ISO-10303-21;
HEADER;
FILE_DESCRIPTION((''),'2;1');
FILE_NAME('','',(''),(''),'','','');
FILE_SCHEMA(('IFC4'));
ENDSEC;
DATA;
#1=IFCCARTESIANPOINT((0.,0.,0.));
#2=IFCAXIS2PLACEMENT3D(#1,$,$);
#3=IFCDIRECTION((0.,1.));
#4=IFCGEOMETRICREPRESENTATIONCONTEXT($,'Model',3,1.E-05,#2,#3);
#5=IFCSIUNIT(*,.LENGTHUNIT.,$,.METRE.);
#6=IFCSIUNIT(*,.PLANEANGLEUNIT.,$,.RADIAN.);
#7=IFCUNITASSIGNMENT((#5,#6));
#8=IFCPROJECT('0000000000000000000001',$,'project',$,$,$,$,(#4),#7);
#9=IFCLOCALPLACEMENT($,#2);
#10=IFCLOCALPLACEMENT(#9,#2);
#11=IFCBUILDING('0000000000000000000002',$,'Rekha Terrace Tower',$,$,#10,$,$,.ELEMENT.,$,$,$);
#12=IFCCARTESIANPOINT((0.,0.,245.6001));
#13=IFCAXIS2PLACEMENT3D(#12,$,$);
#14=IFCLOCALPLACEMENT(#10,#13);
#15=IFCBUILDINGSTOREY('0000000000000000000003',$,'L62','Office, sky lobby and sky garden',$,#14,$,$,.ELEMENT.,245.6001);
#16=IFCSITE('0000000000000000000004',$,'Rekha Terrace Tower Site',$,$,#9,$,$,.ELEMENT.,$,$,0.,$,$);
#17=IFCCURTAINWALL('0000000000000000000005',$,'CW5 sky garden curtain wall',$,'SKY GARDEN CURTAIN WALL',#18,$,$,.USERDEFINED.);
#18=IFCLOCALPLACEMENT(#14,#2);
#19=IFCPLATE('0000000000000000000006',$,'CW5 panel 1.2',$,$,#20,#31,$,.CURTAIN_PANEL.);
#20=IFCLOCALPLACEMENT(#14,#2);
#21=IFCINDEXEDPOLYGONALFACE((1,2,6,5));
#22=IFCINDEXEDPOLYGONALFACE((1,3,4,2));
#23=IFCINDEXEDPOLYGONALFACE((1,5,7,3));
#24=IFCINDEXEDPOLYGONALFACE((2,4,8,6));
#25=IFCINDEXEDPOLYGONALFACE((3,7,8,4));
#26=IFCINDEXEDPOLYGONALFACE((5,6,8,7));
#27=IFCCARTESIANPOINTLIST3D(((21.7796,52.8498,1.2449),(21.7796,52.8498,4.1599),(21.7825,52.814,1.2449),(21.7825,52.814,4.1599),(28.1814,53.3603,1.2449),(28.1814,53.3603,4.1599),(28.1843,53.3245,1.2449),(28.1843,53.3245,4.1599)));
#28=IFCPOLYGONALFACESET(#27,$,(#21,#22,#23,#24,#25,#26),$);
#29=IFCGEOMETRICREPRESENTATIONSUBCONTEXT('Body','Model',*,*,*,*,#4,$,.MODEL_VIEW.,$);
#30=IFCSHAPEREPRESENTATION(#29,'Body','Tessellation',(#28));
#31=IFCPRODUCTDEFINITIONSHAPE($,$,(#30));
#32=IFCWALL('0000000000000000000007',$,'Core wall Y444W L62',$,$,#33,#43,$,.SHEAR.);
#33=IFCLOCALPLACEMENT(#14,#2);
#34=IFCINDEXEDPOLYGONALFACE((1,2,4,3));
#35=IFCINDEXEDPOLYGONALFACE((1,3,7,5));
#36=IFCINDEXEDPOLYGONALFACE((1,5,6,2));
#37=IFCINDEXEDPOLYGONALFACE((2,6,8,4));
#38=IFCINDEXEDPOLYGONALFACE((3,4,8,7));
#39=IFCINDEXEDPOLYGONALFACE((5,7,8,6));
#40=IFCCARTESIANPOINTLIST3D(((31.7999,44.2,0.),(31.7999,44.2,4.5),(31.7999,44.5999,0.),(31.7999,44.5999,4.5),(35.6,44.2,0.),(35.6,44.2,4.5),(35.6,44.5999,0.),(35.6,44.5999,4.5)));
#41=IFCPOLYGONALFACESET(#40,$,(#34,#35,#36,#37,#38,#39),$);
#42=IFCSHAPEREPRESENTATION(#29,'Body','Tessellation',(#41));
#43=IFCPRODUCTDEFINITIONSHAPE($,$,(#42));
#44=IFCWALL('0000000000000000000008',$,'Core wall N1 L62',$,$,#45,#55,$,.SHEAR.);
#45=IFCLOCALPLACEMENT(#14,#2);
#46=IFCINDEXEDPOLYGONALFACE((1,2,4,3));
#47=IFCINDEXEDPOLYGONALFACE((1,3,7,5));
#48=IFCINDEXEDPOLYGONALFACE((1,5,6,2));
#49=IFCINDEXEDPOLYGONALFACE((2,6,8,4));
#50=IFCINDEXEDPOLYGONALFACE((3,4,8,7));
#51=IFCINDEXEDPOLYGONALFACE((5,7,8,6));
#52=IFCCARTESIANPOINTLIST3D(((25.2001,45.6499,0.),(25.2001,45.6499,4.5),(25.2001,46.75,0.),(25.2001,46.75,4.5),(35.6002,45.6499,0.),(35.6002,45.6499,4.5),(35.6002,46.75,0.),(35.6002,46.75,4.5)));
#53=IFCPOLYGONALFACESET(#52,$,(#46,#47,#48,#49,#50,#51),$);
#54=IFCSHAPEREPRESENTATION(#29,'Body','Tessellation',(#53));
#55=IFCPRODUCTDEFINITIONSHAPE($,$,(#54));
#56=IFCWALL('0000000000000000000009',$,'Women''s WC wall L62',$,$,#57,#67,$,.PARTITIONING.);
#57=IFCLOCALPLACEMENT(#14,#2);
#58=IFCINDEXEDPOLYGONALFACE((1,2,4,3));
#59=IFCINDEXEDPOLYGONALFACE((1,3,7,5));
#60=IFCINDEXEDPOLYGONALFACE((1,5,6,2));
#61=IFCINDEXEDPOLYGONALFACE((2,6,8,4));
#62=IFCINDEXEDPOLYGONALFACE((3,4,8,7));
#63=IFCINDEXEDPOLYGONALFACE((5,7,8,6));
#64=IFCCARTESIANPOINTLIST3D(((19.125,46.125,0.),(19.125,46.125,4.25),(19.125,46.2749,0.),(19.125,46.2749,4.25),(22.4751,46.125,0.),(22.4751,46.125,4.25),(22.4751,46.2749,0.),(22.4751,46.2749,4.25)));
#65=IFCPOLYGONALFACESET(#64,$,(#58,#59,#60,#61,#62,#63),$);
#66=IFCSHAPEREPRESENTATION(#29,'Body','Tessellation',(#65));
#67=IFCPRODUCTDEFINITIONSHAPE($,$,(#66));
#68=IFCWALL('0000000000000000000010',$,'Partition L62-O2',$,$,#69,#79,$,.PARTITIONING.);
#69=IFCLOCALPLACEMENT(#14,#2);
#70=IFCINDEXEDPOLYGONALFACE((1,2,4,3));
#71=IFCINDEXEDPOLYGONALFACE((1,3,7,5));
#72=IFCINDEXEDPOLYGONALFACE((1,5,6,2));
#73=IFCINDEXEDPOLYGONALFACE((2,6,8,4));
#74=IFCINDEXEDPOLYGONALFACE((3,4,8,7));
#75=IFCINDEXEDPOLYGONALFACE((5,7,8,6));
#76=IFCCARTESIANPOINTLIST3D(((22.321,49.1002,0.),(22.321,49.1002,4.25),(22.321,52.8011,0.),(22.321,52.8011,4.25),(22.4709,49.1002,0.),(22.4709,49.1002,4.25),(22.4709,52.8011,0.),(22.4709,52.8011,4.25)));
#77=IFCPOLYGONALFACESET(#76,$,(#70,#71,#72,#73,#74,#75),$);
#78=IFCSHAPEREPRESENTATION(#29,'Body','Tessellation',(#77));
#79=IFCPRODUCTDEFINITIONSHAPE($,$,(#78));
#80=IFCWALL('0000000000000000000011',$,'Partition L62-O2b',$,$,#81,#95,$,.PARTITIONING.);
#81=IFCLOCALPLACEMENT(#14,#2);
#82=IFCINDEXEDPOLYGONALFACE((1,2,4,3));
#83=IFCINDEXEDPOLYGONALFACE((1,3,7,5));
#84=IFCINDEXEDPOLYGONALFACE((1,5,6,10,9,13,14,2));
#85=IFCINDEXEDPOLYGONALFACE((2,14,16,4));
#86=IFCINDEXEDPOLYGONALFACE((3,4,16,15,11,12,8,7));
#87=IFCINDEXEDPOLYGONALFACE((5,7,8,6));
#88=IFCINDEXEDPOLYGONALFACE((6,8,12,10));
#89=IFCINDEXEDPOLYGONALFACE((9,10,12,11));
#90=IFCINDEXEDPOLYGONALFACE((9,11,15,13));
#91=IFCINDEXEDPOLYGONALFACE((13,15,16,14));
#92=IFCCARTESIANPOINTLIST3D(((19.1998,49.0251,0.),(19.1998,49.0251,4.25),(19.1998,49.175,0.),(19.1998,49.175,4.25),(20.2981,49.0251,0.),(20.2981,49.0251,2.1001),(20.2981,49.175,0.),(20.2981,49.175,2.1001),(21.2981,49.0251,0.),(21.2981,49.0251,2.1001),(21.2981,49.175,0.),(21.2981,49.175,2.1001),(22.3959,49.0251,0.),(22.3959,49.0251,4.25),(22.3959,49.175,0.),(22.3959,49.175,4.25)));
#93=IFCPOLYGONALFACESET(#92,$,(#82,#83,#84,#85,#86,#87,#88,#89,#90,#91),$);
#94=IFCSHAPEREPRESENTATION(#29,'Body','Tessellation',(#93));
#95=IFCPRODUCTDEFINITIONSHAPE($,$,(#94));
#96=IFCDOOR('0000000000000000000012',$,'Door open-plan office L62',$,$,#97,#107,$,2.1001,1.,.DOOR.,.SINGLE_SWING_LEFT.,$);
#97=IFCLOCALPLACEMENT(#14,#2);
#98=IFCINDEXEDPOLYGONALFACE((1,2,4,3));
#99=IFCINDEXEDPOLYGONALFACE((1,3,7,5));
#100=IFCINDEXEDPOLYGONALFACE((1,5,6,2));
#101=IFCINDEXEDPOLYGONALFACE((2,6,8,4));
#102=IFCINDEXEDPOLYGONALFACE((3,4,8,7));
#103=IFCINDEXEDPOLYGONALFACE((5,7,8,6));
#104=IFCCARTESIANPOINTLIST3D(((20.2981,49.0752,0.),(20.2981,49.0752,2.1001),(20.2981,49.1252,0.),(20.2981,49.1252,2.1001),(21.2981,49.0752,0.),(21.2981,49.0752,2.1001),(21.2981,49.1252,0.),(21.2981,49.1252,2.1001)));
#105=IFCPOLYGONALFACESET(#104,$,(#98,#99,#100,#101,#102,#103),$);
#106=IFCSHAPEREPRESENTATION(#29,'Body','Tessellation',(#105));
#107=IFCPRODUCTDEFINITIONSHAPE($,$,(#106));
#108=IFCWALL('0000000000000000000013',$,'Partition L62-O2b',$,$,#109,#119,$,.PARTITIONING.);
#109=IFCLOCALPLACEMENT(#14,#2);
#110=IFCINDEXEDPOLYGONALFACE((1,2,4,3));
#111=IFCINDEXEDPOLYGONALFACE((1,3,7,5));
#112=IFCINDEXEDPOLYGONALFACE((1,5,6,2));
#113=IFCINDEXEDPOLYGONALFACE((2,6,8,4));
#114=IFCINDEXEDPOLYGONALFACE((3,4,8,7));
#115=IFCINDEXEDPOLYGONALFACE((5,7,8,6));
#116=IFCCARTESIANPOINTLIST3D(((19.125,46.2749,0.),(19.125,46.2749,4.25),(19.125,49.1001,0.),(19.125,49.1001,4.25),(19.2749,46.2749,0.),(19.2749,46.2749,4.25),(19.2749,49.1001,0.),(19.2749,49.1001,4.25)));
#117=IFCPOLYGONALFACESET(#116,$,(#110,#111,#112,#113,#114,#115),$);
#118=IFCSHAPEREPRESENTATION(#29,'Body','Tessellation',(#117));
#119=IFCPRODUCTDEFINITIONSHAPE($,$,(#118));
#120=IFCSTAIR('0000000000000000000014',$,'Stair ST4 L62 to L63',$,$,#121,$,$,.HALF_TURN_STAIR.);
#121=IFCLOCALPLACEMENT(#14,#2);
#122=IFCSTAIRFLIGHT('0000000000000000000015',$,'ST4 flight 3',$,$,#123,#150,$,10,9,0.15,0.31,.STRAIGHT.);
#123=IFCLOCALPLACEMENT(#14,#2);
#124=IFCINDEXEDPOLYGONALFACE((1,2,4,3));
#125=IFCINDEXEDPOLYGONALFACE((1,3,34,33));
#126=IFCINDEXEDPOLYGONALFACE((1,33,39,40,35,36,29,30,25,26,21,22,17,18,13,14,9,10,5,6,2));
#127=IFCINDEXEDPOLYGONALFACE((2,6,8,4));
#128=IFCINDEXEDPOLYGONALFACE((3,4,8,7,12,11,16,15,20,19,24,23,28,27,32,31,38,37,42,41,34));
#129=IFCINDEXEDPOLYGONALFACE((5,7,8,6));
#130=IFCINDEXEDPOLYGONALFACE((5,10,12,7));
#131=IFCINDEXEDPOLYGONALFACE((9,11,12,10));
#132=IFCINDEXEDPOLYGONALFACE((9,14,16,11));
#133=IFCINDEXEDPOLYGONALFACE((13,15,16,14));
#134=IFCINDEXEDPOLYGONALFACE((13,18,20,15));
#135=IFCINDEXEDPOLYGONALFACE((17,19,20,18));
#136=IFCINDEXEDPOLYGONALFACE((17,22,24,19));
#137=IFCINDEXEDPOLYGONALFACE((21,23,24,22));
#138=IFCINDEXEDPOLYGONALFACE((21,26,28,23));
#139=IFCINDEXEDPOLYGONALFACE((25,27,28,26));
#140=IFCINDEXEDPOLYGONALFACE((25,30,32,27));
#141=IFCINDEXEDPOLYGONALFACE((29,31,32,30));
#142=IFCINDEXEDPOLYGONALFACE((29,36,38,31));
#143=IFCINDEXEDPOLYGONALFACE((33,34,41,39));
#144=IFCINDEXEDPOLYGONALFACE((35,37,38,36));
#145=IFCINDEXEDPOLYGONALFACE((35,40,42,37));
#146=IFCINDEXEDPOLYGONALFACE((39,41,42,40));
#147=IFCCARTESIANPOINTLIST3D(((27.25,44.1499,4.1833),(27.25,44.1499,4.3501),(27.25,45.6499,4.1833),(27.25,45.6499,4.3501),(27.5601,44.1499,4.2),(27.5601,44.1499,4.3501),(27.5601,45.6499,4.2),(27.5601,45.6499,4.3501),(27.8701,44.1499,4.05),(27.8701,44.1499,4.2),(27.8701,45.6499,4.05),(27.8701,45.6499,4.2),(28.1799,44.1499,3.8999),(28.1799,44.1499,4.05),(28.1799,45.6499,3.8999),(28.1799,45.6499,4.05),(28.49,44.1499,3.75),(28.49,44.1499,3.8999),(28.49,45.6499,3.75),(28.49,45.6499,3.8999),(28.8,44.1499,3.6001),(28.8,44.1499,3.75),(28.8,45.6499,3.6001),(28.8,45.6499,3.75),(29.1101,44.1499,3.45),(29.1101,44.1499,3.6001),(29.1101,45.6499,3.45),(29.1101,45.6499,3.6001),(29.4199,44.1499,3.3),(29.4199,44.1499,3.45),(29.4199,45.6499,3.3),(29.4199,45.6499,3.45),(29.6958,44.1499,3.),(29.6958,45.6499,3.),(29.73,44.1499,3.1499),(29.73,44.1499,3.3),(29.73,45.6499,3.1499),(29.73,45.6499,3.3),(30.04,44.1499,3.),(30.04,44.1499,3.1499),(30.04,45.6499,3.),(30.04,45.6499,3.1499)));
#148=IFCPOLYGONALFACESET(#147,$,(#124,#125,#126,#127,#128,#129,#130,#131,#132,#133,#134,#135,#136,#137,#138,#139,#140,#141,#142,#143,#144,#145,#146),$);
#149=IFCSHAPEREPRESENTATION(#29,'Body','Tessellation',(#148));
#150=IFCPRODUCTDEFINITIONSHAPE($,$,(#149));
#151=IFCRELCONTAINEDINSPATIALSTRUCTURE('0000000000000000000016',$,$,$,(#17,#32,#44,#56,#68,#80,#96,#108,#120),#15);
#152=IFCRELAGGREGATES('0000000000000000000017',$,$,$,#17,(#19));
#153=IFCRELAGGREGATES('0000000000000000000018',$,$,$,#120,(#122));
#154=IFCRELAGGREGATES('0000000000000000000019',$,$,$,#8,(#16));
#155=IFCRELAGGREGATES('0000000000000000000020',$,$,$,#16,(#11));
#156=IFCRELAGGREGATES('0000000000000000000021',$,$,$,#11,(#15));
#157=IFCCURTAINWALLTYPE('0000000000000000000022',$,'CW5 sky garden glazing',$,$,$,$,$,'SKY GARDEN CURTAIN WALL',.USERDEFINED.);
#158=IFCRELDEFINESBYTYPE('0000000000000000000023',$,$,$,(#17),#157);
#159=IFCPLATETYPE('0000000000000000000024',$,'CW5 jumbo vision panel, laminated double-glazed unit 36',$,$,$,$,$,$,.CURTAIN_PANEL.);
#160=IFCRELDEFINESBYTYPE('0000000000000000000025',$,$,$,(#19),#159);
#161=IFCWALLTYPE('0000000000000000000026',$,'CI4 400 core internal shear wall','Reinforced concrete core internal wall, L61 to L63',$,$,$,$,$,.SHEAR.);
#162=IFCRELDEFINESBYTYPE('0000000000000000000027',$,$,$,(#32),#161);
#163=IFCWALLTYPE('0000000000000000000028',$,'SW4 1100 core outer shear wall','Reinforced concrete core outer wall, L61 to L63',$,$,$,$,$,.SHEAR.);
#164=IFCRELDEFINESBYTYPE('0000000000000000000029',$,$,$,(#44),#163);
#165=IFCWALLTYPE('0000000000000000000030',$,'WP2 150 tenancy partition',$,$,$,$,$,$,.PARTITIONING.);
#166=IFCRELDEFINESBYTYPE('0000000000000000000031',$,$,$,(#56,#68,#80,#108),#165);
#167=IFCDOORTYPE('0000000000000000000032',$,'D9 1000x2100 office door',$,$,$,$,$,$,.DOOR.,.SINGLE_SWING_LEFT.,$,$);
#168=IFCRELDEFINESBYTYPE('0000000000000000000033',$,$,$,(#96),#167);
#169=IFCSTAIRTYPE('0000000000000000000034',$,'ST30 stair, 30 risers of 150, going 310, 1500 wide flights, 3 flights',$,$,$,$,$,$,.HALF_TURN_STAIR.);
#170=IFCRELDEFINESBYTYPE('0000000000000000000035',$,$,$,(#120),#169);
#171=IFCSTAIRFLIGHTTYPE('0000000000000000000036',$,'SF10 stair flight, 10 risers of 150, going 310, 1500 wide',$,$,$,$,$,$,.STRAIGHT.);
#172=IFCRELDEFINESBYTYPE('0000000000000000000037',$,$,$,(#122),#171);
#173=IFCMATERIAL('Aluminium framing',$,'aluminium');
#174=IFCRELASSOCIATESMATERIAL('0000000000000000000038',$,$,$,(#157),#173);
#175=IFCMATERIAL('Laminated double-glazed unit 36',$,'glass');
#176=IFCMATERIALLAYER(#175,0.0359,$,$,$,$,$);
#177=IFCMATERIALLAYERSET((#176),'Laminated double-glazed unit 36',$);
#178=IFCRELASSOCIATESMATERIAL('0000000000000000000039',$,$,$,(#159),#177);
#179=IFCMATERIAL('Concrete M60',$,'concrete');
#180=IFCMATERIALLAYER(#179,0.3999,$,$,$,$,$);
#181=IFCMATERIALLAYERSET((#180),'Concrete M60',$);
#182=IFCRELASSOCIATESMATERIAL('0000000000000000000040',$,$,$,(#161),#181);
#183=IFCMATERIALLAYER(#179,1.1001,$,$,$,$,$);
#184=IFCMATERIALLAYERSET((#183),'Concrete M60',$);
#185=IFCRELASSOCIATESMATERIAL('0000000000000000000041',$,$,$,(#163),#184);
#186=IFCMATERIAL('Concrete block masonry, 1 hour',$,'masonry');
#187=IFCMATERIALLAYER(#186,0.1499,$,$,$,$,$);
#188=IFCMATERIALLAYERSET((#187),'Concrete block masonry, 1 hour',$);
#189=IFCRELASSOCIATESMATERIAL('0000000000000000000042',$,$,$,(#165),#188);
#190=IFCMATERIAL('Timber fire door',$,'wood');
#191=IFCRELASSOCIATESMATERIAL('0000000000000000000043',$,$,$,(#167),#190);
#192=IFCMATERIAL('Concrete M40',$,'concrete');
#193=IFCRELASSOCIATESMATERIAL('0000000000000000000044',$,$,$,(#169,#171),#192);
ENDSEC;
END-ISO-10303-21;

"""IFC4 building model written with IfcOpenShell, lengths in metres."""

from ifc_helpers import new_model, si_unit, direction, frame, frame_2d, origin, origin_2d, place, context, subcontext, project, spatial, polyline, rectangle, outline, extrude, material, layer, layer_set, type_object, element, fill, aggregate, save


model = new_model("IFC4")

# Units and contexts
model_context = context("Model", 3, precision=1e-05, world=origin(), true_north=direction((0.0, 1.0)))
body_context = subcontext(model_context, "Body", "Model", "MODEL_VIEW")
ifc_project = project(units=[si_unit("LENGTHUNIT", "METRE"), si_unit("PLANEANGLEUNIT", "RADIAN")], contexts=[model_context])

# Site, building, storey
site_placement = place(None, origin())
site = spatial("IfcSite", under=ifc_project, at=site_placement, Name="Rekha Terrace Tower Site", CompositionType="ELEMENT", RefElevation=0.0)
building_placement = place(site_placement, origin())
building = spatial("IfcBuilding", under=site, at=building_placement, Name="Rekha Terrace Tower", CompositionType="ELEMENT")
storey_placement = place(building_placement, frame((0.0, 0.0, 245.6001)))
storey = spatial("IfcBuildingStorey", under=building, at=storey_placement, Name="L62", Description="Office, sky lobby and sky garden", CompositionType="ELEMENT", Elevation=245.6001)

# Shared definitions
ifc_material_1 = material(Name="Concrete M60", Category="concrete")

# Curtain wall
ifc_material_2 = material(Name="Aluminium framing", Category="aluminium")
curtain_wall_type = type_object("IfcCurtainWallType", Name="CW5 sky garden glazing", ElementType="SKY GARDEN CURTAIN WALL", PredefinedType="USERDEFINED", material=ifc_material_2)
curtain_wall_1_placement = place(storey_placement, origin())
curtain_wall_1 = element("IfcCurtainWall", 1, at=curtain_wall_1_placement, inside=storey, type_object=curtain_wall_type, Name="CW5 sky garden curtain wall", ObjectType="SKY GARDEN CURTAIN WALL", PredefinedType="USERDEFINED")

# Shared definitions
ifc_material_3 = material(Name="Laminated double-glazed unit 36", Category="glass")
ifc_layer_1 = layer(ifc_material_3, 0.0359)
ifc_layer_set_1 = layer_set([ifc_layer_1], Name="Laminated double-glazed unit 36")
plate_type = type_object("IfcPlateType", Name="CW5 jumbo vision panel, laminated double-glazed unit 36", PredefinedType="CURTAIN_PANEL", material=ifc_layer_set_1)

# Plate
plate_1_placement = place(storey_placement, frame((24.9819, 53.0872, 1.2449), z_axis=(0.0, 0.0, 1.0), x_axis=(-0.996836, -0.079485, 0.0)))
plate_1 = element("IfcPlate", 2, at=plate_1_placement, type_object=plate_type, Name="CW5 panel 1.2", PredefinedType="CURTAIN_PANEL", context=body_context, shape_type="SweptSolid", body=[
    extrude(rectangle(XDim=6.4221, YDim=0.0359, at=origin_2d()), origin(), (0.0, 0.0, 1.0), 2.915),
])
aggregate(curtain_wall_1, [plate_1])

# Wall
ifc_layer_2 = layer(ifc_material_1, 0.3999)
ifc_layer_set_2 = layer_set([ifc_layer_2], Name="Concrete M60")
wall_type_1 = type_object("IfcWallType", Name="CI4 400 core internal shear wall", Description="Reinforced concrete core internal wall, L61 to L63", PredefinedType="SHEAR", material=ifc_layer_set_2)
wall_1_placement = place(storey_placement, frame((31.8, 44.3999, 0.0), z_axis=(0.0, 0.0, 1.0), x_axis=(1.0, 0.0, 0.0)))
element("IfcWall", 3, at=wall_1_placement, inside=storey, type_object=wall_type_1, Name="Core wall Y444W L62", PredefinedType="SHEAR", context=body_context, shape_type="SweptSolid", body=[
    extrude(rectangle(XDim=3.8, YDim=0.3999, at=frame_2d((1.8999, 0.0))), origin(), (0.0, 0.0, 1.0), 4.5),
])

# Walls
ifc_layer_3 = layer(ifc_material_1, 1.1001)
ifc_layer_set_3 = layer_set([ifc_layer_3], Name="Concrete M60")
wall_type_2 = type_object("IfcWallType", Name="SW4 1100 core outer shear wall", Description="Reinforced concrete core outer wall, L61 to L63", PredefinedType="SHEAR", material=ifc_layer_set_3)
wall_2_placement = place(storey_placement, frame((25.2, 46.2, 0.0), z_axis=(0.0, 0.0, 1.0), x_axis=(1.0, 0.0, 0.0)))
element("IfcWall", 4, at=wall_2_placement, inside=storey, type_object=wall_type_2, Name="Core wall N1 L62", PredefinedType="SHEAR", context=body_context, shape_type="SweptSolid", body=[
    extrude(rectangle(XDim=10.4001, YDim=1.1001, at=frame_2d((5.2002, 0.0))), origin(), (0.0, 0.0, 1.0), 4.5),
])
ifc_material_4 = material(Name="Concrete block masonry, 1 hour", Category="masonry")
ifc_layer_4 = layer(ifc_material_4, 0.1499)
ifc_layer_set_4 = layer_set([ifc_layer_4], Name="Concrete block masonry, 1 hour")
wall_type_3 = type_object("IfcWallType", Name="WP2 150 tenancy partition", PredefinedType="PARTITIONING", material=ifc_layer_set_4)
wall_3_placement = place(storey_placement, frame((19.125, 46.2, 0.0), z_axis=(0.0, 0.0, 1.0), x_axis=(1.0, 0.0, 0.0)))
element("IfcWall", 5, at=wall_3_placement, inside=storey, type_object=wall_type_3, Name="Women's WC wall L62", PredefinedType="PARTITIONING", context=body_context, shape_type="SweptSolid", body=[
    extrude(rectangle(XDim=3.3501, YDim=0.1499, at=frame_2d((1.675, 0.0))), origin(), (0.0, 0.0, 1.0), 4.25),
])
wall_4_placement = place(storey_placement, frame((22.396, 49.1001, 0.0), z_axis=(0.0, 0.0, 1.0), x_axis=(0.0, 1.0, 0.0)))
element("IfcWall", 6, at=wall_4_placement, inside=storey, type_object=wall_type_3, Name="Partition L62-O2", PredefinedType="PARTITIONING", context=body_context, shape_type="SweptSolid", body=[
    extrude(rectangle(XDim=3.7009, YDim=0.1499, at=frame_2d((1.8506, 0.0))), origin(), (0.0, 0.0, 1.0), 4.25),
])

# Wall, opening, door
wall_5_placement = place(storey_placement, frame((22.396, 49.1001, 0.0), z_axis=(0.0, 0.0, 1.0), x_axis=(-1.0, 0.0, 0.0)))
wall_5 = element("IfcWall", 7, at=wall_5_placement, inside=storey, type_object=wall_type_3, Name="Partition L62-O2b", PredefinedType="PARTITIONING", context=body_context, shape_type="SweptSolid", body=[
    extrude(rectangle(XDim=3.196, YDim=0.1499, at=frame_2d((1.5981, 0.0))), origin(), (0.0, 0.0, 1.0), 4.25),
])
opening_1_placement = place(wall_5_placement, frame((1.0979, 0.0, 0.0)))
opening_1 = element("IfcOpeningElement", 8, at=opening_1_placement, cuts=wall_5, PredefinedType="OPENING", context=body_context, shape_type="SweptSolid", body=[
    extrude(rectangle(XDim=1.0, YDim=2.1001, at=frame_2d((0.5, 1.05))), frame((0.0, 0.085, 0.0), z_axis=(0.0, -1.0, 0.0), x_axis=(1.0, 0.0, 0.0)), (0.0, 0.0, 1.0), 0.1699),
])
ifc_material_5 = material(Name="Timber fire door", Category="wood")
door_type_1 = type_object("IfcDoorType", Name="D9 1000x2100 office door", OperationType="SINGLE_SWING_LEFT", PredefinedType="DOOR", material=ifc_material_5)
door_1_placement = place(opening_1_placement, origin())
door_1 = element("IfcDoor", 9, at=door_1_placement, inside=storey, type_object=door_type_1, Name="Door open-plan office L62", OperationType="SINGLE_SWING_LEFT", OverallHeight=2.1001, OverallWidth=1.0, PredefinedType="DOOR", context=body_context, shape_type="SweptSolid", body=[
    extrude(rectangle(XDim=1.0, YDim=2.1001, at=frame_2d((0.5, 1.05))), frame((0.0, 0.0249, 0.0), z_axis=(0.0, -1.0, 0.0), x_axis=(1.0, 0.0, 0.0)), (0.0, 0.0, 1.0), 0.05),
])
fill(opening_1, door_1)

# Wall
wall_6_placement = place(storey_placement, frame((19.2, 49.1001, 0.0), z_axis=(0.0, 0.0, 1.0), x_axis=(0.0, -1.0, 0.0)))
element("IfcWall", 10, at=wall_6_placement, inside=storey, type_object=wall_type_3, Name="Partition L62-O2b", PredefinedType="PARTITIONING", context=body_context, shape_type="SweptSolid", body=[
    extrude(rectangle(XDim=2.8252, YDim=0.1499, at=frame_2d((1.4126, 0.0))), origin(), (0.0, 0.0, 1.0), 4.25),
])

# Stair, stair flight
ifc_material_6 = material(Name="Concrete M40", Category="concrete")
stair_type = type_object("IfcStairType", Name="ST30 stair, 30 risers of 150, going 310, 1500 wide flights, 3 flights", PredefinedType="HALF_TURN_STAIR", material=ifc_material_6)
stair_placement = place(storey_placement, origin())
stair = element("IfcStair", 11, at=stair_placement, inside=storey, type_object=stair_type, Name="Stair ST4 L62 to L63", PredefinedType="HALF_TURN_STAIR")
stair_flight_type = type_object("IfcStairFlightType", Name="SF10 stair flight, 10 risers of 150, going 310, 1500 wide", PredefinedType="STRAIGHT", material=ifc_material_6)
stair_flight_placement = place(storey_placement, frame((30.04, 44.8999, 3.0), z_axis=(0.0, 0.0, 1.0), x_axis=(-1.0, 0.0, 0.0)))
stair_flight = element("IfcStairFlight", 12, at=stair_flight_placement, type_object=stair_flight_type, Name="ST4 flight 3", NumberOfRisers=10, NumberOfTreads=9, PredefinedType="STRAIGHT", RiserHeight=0.15, TreadLength=0.31, context=body_context, shape_type="SweptSolid", body=[
    extrude(outline(polyline([(0.0, 0.0), (0.0, 0.1499), (0.3101, 0.1499), (0.3101, 0.3), (0.6201, 0.3), (0.6201, 0.45), (0.9299, 0.45), (0.9299, 0.6001), (1.24, 0.6001), (1.24, 0.75), (1.55, 0.75), (1.55, 0.8999), (1.8601, 0.8999), (1.8601, 1.05), (2.1699, 1.05), (2.1699, 1.2), (2.48, 1.2), (2.48, 1.3501), (2.79, 1.3501), (2.79, 1.5), (2.79, 1.1833), (0.3442, 0.0), (0.0, 0.0)])), frame((0.0, 0.75, 0.0), z_axis=(0.0, -1.0, 0.0), x_axis=(1.0, 0.0, 0.0)), (0.0, 0.0, 1.0), 1.5),
])
aggregate(stair, [stair_flight])

save(model, "model.ifc")
